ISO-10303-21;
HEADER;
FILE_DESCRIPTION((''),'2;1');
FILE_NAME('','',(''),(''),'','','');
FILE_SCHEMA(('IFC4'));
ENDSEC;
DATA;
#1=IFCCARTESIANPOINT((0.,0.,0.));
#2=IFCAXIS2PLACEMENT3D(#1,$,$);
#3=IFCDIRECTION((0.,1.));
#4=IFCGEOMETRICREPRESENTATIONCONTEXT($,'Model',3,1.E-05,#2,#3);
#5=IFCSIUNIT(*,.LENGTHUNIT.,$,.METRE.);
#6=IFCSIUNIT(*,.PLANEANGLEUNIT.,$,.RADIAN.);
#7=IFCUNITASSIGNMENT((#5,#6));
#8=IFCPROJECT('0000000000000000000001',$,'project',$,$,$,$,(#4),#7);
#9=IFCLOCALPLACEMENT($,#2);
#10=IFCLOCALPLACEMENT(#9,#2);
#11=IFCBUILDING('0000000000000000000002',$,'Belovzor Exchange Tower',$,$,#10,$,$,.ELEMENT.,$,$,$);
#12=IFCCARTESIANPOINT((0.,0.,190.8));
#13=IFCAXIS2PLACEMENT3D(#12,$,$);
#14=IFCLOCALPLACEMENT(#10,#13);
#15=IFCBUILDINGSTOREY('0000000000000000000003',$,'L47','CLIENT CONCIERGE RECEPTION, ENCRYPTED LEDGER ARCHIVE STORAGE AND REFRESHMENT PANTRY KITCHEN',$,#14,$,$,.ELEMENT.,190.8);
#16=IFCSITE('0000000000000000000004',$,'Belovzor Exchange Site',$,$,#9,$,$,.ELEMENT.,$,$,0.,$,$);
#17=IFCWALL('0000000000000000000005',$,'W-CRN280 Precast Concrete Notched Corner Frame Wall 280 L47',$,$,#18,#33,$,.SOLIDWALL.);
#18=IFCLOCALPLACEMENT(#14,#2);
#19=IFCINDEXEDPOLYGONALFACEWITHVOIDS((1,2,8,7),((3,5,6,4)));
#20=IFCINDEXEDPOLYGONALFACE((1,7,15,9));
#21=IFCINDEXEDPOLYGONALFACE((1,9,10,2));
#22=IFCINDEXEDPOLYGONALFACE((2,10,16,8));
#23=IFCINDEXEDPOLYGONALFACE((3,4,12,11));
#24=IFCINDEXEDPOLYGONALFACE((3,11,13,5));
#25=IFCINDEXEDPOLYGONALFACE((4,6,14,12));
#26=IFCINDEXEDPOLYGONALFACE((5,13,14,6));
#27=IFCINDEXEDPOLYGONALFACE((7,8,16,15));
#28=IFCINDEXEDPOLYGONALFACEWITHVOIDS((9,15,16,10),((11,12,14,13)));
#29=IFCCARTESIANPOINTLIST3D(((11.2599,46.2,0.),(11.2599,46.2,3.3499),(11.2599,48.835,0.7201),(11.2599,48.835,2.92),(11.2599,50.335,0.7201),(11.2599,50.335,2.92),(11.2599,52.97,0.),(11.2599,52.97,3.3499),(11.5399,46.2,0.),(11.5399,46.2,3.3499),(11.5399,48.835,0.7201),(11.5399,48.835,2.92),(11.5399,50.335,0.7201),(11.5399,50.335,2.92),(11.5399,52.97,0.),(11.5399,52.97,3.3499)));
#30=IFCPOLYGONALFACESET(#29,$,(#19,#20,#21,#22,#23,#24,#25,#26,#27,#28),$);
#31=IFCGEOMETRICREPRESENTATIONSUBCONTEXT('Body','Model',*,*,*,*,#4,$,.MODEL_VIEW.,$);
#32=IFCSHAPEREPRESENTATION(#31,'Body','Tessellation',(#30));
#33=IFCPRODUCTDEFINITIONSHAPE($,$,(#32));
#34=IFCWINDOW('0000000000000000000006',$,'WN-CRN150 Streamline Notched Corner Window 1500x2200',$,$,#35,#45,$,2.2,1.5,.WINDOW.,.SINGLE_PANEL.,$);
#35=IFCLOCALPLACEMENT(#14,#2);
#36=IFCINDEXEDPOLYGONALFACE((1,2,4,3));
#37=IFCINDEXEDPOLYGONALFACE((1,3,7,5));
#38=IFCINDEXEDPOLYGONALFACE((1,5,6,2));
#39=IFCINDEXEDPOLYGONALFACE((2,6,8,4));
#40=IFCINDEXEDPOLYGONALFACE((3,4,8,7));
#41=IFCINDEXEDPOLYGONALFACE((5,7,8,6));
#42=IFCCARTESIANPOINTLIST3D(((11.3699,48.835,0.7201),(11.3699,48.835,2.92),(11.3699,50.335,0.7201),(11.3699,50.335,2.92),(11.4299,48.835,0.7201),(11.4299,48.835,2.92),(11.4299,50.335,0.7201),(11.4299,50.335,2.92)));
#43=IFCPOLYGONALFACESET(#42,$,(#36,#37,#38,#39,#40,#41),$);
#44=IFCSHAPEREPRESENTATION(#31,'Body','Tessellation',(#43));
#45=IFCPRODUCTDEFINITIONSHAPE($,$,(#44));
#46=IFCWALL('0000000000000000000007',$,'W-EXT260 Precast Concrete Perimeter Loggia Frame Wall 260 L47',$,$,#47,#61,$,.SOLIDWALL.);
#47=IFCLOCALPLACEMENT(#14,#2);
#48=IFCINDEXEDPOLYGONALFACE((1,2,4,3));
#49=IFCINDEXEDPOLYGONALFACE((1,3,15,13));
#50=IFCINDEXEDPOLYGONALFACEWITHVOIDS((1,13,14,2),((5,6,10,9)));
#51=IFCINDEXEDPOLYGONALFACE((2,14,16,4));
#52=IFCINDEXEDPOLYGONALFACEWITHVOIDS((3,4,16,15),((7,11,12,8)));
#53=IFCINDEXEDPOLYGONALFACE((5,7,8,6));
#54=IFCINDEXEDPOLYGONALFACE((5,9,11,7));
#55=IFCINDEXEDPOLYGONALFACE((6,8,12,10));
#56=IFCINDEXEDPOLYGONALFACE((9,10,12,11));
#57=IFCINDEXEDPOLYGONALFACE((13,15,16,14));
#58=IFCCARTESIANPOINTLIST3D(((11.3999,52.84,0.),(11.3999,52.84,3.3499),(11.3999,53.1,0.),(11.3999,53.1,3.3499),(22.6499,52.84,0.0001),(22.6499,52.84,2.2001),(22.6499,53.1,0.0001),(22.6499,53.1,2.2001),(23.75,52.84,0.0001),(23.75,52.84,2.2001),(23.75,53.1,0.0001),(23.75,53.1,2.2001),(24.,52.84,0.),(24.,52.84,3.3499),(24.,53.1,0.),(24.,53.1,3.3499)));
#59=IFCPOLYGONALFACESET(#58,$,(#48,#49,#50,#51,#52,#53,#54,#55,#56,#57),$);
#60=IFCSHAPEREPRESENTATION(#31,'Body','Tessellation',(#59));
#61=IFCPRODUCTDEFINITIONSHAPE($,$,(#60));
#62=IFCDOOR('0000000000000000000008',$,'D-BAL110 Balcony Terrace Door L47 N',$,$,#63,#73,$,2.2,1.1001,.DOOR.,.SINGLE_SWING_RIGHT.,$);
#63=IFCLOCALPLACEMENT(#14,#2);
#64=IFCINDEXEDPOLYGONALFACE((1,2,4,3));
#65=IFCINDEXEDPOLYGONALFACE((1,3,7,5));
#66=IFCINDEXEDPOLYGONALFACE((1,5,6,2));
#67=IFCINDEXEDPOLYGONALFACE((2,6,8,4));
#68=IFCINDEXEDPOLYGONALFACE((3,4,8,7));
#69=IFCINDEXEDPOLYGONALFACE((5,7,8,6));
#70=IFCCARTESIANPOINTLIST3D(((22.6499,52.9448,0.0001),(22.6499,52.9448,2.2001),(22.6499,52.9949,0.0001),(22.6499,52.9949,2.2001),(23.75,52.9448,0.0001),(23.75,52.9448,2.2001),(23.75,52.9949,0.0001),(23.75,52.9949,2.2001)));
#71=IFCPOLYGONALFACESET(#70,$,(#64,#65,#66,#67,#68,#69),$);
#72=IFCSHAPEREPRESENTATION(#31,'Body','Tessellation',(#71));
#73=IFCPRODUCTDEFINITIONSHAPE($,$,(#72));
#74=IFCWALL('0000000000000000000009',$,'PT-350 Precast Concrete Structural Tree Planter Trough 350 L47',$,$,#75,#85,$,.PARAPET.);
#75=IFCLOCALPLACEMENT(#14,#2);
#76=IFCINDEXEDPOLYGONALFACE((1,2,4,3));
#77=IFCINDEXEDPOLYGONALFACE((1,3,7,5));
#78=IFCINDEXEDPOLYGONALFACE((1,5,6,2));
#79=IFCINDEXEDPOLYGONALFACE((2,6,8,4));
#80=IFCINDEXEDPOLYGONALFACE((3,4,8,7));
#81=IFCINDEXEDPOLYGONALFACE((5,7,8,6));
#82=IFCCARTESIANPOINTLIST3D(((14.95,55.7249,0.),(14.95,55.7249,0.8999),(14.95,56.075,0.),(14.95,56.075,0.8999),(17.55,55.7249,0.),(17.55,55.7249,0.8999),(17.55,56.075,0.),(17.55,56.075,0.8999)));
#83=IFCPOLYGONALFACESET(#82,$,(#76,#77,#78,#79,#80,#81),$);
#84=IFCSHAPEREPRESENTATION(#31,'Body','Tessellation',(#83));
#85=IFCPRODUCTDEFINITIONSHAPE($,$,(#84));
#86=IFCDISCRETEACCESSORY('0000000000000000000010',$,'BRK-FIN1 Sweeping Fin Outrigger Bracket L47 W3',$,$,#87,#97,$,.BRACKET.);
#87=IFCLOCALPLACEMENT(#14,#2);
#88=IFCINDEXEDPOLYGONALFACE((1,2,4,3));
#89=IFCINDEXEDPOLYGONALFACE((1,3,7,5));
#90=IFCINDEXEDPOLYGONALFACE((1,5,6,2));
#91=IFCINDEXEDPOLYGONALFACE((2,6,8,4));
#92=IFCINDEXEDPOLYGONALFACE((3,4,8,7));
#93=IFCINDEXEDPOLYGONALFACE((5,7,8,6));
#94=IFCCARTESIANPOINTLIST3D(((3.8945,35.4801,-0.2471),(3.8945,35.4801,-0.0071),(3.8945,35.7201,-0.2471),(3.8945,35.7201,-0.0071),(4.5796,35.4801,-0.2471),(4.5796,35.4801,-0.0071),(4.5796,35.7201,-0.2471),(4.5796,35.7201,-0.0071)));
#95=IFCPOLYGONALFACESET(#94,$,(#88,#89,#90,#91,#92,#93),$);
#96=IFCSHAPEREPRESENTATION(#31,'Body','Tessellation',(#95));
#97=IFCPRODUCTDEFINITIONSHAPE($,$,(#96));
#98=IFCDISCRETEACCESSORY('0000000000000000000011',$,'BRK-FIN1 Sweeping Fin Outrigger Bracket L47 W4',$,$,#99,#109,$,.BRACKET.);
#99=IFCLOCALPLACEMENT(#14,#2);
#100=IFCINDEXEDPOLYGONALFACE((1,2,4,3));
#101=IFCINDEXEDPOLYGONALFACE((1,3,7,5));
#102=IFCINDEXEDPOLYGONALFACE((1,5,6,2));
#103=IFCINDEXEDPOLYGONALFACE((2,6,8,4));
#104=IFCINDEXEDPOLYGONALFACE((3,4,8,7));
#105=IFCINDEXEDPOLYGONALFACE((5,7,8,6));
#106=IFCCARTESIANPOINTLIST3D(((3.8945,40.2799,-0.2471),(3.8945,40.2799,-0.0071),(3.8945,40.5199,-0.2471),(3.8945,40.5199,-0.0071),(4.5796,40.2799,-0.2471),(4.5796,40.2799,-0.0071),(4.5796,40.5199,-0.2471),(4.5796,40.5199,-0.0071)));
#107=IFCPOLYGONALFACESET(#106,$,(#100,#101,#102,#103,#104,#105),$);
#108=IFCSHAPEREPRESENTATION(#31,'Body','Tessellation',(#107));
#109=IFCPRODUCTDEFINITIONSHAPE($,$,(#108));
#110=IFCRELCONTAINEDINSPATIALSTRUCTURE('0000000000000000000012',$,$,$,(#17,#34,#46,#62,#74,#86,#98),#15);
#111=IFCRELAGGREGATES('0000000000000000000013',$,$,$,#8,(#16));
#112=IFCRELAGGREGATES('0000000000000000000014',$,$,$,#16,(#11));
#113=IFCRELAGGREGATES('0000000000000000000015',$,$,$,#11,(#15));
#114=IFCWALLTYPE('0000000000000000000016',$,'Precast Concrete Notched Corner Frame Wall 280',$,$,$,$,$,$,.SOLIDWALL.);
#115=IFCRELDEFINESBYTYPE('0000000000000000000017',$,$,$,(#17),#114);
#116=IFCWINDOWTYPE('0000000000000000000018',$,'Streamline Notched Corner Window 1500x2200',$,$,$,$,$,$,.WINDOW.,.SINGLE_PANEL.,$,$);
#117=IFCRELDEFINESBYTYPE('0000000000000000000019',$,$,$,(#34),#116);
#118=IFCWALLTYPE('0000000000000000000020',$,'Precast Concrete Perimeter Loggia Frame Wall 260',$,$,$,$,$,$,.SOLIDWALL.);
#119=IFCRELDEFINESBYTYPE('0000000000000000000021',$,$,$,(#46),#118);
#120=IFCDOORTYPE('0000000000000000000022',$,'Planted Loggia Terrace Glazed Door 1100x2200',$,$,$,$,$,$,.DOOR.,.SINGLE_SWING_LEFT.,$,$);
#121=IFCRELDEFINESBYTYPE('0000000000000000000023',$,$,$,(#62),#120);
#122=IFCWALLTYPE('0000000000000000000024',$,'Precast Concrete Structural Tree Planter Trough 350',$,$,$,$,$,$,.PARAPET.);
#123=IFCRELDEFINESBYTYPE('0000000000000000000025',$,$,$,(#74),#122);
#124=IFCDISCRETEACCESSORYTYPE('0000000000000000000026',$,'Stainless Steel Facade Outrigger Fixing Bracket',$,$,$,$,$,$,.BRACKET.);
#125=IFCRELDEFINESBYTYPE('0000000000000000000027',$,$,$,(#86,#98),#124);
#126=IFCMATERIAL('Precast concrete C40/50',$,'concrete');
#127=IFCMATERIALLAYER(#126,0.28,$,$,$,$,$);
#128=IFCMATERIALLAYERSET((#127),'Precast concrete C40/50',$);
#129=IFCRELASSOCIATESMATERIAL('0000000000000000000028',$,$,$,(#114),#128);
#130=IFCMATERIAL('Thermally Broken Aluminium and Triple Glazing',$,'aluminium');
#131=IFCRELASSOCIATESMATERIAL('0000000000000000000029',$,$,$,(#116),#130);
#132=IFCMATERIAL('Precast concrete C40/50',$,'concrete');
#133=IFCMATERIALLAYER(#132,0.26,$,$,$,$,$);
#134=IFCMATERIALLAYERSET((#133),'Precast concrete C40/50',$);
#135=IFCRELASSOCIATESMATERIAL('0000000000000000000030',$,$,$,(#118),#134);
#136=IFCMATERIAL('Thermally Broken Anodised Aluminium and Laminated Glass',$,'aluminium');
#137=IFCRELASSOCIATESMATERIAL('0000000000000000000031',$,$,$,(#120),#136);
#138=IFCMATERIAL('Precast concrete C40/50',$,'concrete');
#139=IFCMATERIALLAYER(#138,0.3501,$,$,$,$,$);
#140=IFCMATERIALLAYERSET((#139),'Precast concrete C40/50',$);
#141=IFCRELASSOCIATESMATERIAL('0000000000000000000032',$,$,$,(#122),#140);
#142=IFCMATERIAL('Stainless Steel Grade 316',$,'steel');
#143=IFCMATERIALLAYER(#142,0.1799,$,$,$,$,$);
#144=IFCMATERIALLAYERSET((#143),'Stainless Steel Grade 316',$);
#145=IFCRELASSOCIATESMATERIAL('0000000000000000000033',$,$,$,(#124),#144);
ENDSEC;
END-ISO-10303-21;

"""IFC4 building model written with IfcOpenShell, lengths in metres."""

from ifc_helpers import new_model, si_unit, direction, frame, frame_2d, origin, origin_2d, place, context, subcontext, project, spatial, rectangle, extrude, material, layer, layer_set, type_object, element, fill, save


model = new_model("IFC4")

# Units and contexts
model_context = context("Model", 3, precision=1e-05, world=origin(), true_north=direction((0.0, 1.0)))
body_context = subcontext(model_context, "Body", "Model", "MODEL_VIEW")
ifc_project = project(units=[si_unit("LENGTHUNIT", "METRE"), si_unit("PLANEANGLEUNIT", "RADIAN")], contexts=[model_context])

# Site, building, storey
site_placement = place(None, origin())
site = spatial("IfcSite", under=ifc_project, at=site_placement, Name="Belovzor Exchange Site", CompositionType="ELEMENT", RefElevation=0.0)
building_placement = place(site_placement, origin())
building = spatial("IfcBuilding", under=site, at=building_placement, Name="Belovzor Exchange Tower", CompositionType="ELEMENT")
storey_placement = place(building_placement, frame((0.0, 0.0, 190.8)))
storey = spatial("IfcBuildingStorey", under=building, at=storey_placement, Name="L47", Description="CLIENT CONCIERGE RECEPTION, ENCRYPTED LEDGER ARCHIVE STORAGE AND REFRESHMENT PANTRY KITCHEN", CompositionType="ELEMENT", Elevation=190.8)

# Wall, opening, window
ifc_material_1 = material(Name="Precast concrete C40/50", Category="concrete")
ifc_layer_1 = layer(ifc_material_1, 0.28)
ifc_layer_set_1 = layer_set([ifc_layer_1], Name="Precast concrete C40/50")
wall_type_1 = type_object("IfcWallType", Name="Precast Concrete Notched Corner Frame Wall 280", PredefinedType="SOLIDWALL", material=ifc_layer_set_1)
ifc_material_2 = material(Name="Thermally Broken Aluminium and Triple Glazing", Category="aluminium")
window_type = type_object("IfcWindowType", Name="Streamline Notched Corner Window 1500x2200", PartitioningType="SINGLE_PANEL", PredefinedType="WINDOW", material=ifc_material_2)
wall_1_placement = place(storey_placement, frame((11.3999, 46.2, 0.0), z_axis=(0.0, 0.0, 1.0), x_axis=(0.0, 1.0, 0.0)))
wall_1 = element("IfcWall", 1, at=wall_1_placement, inside=storey, type_object=wall_type_1, Name="W-CRN280 Precast Concrete Notched Corner Frame Wall 280 L47", PredefinedType="SOLIDWALL", context=body_context, shape_type="SweptSolid", body=[
    extrude(rectangle(XDim=6.77, YDim=0.28, at=frame_2d((3.385, 0.0))), origin(), (0.0, 0.0, 1.0), 3.3499),
])
opening_1_placement = place(wall_1_placement, frame((2.635, 0.0, 0.72)))
opening_1 = element("IfcOpeningElement", 2, at=opening_1_placement, cuts=wall_1, PredefinedType="OPENING", context=body_context, shape_type="SweptSolid", body=[
    extrude(rectangle(XDim=1.5, YDim=2.2, at=frame_2d((0.75, 1.1001))), frame((0.0, 0.1499, 0.0), z_axis=(0.0, -1.0, 0.0), x_axis=(1.0, 0.0, 0.0)), (0.0, 0.0, 1.0), 0.3),
])
window_1_placement = place(opening_1_placement, origin())
window_1 = element("IfcWindow", 3, at=window_1_placement, inside=storey, type_object=window_type, Name="WN-CRN150 Streamline Notched Corner Window 1500x2200", OverallHeight=2.2, OverallWidth=1.5, PartitioningType="SINGLE_PANEL", PredefinedType="WINDOW", context=body_context, shape_type="SweptSolid", body=[
    extrude(rectangle(XDim=1.5, YDim=2.2, at=frame_2d((0.75, 1.1001))), frame((0.0, 0.03, 0.0), z_axis=(0.0, -1.0, 0.0), x_axis=(1.0, 0.0, 0.0)), (0.0, 0.0, 1.0), 0.0601),
])
fill(opening_1, window_1)

# Wall, opening, door
ifc_material_3 = material(Name="Precast concrete C40/50", Category="concrete")
ifc_layer_2 = layer(ifc_material_3, 0.26)
ifc_layer_set_2 = layer_set([ifc_layer_2], Name="Precast concrete C40/50")
wall_type_2 = type_object("IfcWallType", Name="Precast Concrete Perimeter Loggia Frame Wall 260", PredefinedType="SOLIDWALL", material=ifc_layer_set_2)
wall_2_placement = place(storey_placement, frame((11.3999, 52.97, 0.0), z_axis=(0.0, 0.0, 1.0), x_axis=(1.0, 0.0, 0.0)))
wall_2 = element("IfcWall", 4, at=wall_2_placement, inside=storey, type_object=wall_type_2, Name="W-EXT260 Precast Concrete Perimeter Loggia Frame Wall 260 L47", PredefinedType="SOLIDWALL", context=body_context, shape_type="SweptSolid", body=[
    extrude(rectangle(XDim=12.6001, YDim=0.26, at=frame_2d((6.3, 0.0))), origin(), (0.0, 0.0, 1.0), 3.3499),
])
opening_2_placement = place(wall_2_placement, frame((11.25, 0.0, 0.0)))
opening_2 = element("IfcOpeningElement", 5, at=opening_2_placement, cuts=wall_2, PredefinedType="OPENING", context=body_context, shape_type="SweptSolid", body=[
    extrude(rectangle(XDim=1.1001, YDim=2.2, at=frame_2d((0.55, 1.1001))), frame((0.0, 0.1399, 0.0), z_axis=(0.0, -1.0, 0.0), x_axis=(1.0, 0.0, 0.0)), (0.0, 0.0, 1.0), 0.28),
])
ifc_material_4 = material(Name="Thermally Broken Anodised Aluminium and Laminated Glass", Category="aluminium")
door_type_1 = type_object("IfcDoorType", Name="Planted Loggia Terrace Glazed Door 1100x2200", OperationType="SINGLE_SWING_LEFT", PredefinedType="DOOR", material=ifc_material_4)
door_1_placement = place(opening_2_placement, origin())
door_1 = element("IfcDoor", 6, at=door_1_placement, inside=storey, type_object=door_type_1, Name="D-BAL110 Balcony Terrace Door L47 N", OperationType="SINGLE_SWING_RIGHT", OverallHeight=2.2, OverallWidth=1.1001, PredefinedType="DOOR", context=body_context, shape_type="SweptSolid", body=[
    extrude(rectangle(XDim=1.1001, YDim=2.2, at=frame_2d((0.55, 1.1001))), frame((0.0, 0.0249, 0.0), z_axis=(0.0, -1.0, 0.0), x_axis=(1.0, 0.0, 0.0)), (0.0, 0.0, 1.0), 0.05),
])
fill(opening_2, door_1)

# Wall
ifc_material_5 = material(Name="Precast concrete C40/50", Category="concrete")
ifc_layer_3 = layer(ifc_material_5, 0.3501)
ifc_layer_set_3 = layer_set([ifc_layer_3], Name="Precast concrete C40/50")
wall_type_3 = type_object("IfcWallType", Name="Precast Concrete Structural Tree Planter Trough 350", PredefinedType="PARAPET", material=ifc_layer_set_3)
wall_3_placement = place(storey_placement, frame((14.95, 55.8999, 0.0), z_axis=(0.0, 0.0, 1.0), x_axis=(1.0, 0.0, 0.0)))
element("IfcWall", 7, at=wall_3_placement, inside=storey, type_object=wall_type_3, Name="PT-350 Precast Concrete Structural Tree Planter Trough 350 L47", PredefinedType="PARAPET", context=body_context, shape_type="SweptSolid", body=[
    extrude(rectangle(XDim=2.6001, YDim=0.3501, at=frame_2d((1.3, 0.0))), origin(), (0.0, 0.0, 1.0), 0.8999),
])

# Discrete accessories
ifc_material_6 = material(Name="Stainless Steel Grade 316", Category="steel")
ifc_layer_4 = layer(ifc_material_6, 0.1799)
ifc_layer_set_4 = layer_set([ifc_layer_4], Name="Stainless Steel Grade 316")
discrete_accessory_type = type_object("IfcDiscreteAccessoryType", Name="Stainless Steel Facade Outrigger Fixing Bracket", PredefinedType="BRACKET", material=ifc_layer_set_4)
for number, where, z_axis, x_axis, name in (
    (8, (4.2371, 35.6001, -0.2471), (0.0, 0.0, 1.0), (1.0, 0.0, 0.0), "BRK-FIN1 Sweeping Fin Outrigger Bracket L47 W3"),
    (9, (4.2371, 40.3999, -0.2471), (0.0, 0.0, 1.0), (1.0, 0.0, 0.0), "BRK-FIN1 Sweeping Fin Outrigger Bracket L47 W4"),
):
    element("IfcDiscreteAccessory", number, at=place(storey_placement, frame(where, z_axis=z_axis, x_axis=x_axis)), inside=storey, type_object=discrete_accessory_type, Name=name, PredefinedType="BRACKET", context=body_context, shape_type="SweptSolid", body=[
        extrude(rectangle(XDim=0.6851, YDim=0.24, at=origin_2d()), origin(), (0.0, 0.0, 1.0), 0.24),
    ])

save(model, "model.ifc")
